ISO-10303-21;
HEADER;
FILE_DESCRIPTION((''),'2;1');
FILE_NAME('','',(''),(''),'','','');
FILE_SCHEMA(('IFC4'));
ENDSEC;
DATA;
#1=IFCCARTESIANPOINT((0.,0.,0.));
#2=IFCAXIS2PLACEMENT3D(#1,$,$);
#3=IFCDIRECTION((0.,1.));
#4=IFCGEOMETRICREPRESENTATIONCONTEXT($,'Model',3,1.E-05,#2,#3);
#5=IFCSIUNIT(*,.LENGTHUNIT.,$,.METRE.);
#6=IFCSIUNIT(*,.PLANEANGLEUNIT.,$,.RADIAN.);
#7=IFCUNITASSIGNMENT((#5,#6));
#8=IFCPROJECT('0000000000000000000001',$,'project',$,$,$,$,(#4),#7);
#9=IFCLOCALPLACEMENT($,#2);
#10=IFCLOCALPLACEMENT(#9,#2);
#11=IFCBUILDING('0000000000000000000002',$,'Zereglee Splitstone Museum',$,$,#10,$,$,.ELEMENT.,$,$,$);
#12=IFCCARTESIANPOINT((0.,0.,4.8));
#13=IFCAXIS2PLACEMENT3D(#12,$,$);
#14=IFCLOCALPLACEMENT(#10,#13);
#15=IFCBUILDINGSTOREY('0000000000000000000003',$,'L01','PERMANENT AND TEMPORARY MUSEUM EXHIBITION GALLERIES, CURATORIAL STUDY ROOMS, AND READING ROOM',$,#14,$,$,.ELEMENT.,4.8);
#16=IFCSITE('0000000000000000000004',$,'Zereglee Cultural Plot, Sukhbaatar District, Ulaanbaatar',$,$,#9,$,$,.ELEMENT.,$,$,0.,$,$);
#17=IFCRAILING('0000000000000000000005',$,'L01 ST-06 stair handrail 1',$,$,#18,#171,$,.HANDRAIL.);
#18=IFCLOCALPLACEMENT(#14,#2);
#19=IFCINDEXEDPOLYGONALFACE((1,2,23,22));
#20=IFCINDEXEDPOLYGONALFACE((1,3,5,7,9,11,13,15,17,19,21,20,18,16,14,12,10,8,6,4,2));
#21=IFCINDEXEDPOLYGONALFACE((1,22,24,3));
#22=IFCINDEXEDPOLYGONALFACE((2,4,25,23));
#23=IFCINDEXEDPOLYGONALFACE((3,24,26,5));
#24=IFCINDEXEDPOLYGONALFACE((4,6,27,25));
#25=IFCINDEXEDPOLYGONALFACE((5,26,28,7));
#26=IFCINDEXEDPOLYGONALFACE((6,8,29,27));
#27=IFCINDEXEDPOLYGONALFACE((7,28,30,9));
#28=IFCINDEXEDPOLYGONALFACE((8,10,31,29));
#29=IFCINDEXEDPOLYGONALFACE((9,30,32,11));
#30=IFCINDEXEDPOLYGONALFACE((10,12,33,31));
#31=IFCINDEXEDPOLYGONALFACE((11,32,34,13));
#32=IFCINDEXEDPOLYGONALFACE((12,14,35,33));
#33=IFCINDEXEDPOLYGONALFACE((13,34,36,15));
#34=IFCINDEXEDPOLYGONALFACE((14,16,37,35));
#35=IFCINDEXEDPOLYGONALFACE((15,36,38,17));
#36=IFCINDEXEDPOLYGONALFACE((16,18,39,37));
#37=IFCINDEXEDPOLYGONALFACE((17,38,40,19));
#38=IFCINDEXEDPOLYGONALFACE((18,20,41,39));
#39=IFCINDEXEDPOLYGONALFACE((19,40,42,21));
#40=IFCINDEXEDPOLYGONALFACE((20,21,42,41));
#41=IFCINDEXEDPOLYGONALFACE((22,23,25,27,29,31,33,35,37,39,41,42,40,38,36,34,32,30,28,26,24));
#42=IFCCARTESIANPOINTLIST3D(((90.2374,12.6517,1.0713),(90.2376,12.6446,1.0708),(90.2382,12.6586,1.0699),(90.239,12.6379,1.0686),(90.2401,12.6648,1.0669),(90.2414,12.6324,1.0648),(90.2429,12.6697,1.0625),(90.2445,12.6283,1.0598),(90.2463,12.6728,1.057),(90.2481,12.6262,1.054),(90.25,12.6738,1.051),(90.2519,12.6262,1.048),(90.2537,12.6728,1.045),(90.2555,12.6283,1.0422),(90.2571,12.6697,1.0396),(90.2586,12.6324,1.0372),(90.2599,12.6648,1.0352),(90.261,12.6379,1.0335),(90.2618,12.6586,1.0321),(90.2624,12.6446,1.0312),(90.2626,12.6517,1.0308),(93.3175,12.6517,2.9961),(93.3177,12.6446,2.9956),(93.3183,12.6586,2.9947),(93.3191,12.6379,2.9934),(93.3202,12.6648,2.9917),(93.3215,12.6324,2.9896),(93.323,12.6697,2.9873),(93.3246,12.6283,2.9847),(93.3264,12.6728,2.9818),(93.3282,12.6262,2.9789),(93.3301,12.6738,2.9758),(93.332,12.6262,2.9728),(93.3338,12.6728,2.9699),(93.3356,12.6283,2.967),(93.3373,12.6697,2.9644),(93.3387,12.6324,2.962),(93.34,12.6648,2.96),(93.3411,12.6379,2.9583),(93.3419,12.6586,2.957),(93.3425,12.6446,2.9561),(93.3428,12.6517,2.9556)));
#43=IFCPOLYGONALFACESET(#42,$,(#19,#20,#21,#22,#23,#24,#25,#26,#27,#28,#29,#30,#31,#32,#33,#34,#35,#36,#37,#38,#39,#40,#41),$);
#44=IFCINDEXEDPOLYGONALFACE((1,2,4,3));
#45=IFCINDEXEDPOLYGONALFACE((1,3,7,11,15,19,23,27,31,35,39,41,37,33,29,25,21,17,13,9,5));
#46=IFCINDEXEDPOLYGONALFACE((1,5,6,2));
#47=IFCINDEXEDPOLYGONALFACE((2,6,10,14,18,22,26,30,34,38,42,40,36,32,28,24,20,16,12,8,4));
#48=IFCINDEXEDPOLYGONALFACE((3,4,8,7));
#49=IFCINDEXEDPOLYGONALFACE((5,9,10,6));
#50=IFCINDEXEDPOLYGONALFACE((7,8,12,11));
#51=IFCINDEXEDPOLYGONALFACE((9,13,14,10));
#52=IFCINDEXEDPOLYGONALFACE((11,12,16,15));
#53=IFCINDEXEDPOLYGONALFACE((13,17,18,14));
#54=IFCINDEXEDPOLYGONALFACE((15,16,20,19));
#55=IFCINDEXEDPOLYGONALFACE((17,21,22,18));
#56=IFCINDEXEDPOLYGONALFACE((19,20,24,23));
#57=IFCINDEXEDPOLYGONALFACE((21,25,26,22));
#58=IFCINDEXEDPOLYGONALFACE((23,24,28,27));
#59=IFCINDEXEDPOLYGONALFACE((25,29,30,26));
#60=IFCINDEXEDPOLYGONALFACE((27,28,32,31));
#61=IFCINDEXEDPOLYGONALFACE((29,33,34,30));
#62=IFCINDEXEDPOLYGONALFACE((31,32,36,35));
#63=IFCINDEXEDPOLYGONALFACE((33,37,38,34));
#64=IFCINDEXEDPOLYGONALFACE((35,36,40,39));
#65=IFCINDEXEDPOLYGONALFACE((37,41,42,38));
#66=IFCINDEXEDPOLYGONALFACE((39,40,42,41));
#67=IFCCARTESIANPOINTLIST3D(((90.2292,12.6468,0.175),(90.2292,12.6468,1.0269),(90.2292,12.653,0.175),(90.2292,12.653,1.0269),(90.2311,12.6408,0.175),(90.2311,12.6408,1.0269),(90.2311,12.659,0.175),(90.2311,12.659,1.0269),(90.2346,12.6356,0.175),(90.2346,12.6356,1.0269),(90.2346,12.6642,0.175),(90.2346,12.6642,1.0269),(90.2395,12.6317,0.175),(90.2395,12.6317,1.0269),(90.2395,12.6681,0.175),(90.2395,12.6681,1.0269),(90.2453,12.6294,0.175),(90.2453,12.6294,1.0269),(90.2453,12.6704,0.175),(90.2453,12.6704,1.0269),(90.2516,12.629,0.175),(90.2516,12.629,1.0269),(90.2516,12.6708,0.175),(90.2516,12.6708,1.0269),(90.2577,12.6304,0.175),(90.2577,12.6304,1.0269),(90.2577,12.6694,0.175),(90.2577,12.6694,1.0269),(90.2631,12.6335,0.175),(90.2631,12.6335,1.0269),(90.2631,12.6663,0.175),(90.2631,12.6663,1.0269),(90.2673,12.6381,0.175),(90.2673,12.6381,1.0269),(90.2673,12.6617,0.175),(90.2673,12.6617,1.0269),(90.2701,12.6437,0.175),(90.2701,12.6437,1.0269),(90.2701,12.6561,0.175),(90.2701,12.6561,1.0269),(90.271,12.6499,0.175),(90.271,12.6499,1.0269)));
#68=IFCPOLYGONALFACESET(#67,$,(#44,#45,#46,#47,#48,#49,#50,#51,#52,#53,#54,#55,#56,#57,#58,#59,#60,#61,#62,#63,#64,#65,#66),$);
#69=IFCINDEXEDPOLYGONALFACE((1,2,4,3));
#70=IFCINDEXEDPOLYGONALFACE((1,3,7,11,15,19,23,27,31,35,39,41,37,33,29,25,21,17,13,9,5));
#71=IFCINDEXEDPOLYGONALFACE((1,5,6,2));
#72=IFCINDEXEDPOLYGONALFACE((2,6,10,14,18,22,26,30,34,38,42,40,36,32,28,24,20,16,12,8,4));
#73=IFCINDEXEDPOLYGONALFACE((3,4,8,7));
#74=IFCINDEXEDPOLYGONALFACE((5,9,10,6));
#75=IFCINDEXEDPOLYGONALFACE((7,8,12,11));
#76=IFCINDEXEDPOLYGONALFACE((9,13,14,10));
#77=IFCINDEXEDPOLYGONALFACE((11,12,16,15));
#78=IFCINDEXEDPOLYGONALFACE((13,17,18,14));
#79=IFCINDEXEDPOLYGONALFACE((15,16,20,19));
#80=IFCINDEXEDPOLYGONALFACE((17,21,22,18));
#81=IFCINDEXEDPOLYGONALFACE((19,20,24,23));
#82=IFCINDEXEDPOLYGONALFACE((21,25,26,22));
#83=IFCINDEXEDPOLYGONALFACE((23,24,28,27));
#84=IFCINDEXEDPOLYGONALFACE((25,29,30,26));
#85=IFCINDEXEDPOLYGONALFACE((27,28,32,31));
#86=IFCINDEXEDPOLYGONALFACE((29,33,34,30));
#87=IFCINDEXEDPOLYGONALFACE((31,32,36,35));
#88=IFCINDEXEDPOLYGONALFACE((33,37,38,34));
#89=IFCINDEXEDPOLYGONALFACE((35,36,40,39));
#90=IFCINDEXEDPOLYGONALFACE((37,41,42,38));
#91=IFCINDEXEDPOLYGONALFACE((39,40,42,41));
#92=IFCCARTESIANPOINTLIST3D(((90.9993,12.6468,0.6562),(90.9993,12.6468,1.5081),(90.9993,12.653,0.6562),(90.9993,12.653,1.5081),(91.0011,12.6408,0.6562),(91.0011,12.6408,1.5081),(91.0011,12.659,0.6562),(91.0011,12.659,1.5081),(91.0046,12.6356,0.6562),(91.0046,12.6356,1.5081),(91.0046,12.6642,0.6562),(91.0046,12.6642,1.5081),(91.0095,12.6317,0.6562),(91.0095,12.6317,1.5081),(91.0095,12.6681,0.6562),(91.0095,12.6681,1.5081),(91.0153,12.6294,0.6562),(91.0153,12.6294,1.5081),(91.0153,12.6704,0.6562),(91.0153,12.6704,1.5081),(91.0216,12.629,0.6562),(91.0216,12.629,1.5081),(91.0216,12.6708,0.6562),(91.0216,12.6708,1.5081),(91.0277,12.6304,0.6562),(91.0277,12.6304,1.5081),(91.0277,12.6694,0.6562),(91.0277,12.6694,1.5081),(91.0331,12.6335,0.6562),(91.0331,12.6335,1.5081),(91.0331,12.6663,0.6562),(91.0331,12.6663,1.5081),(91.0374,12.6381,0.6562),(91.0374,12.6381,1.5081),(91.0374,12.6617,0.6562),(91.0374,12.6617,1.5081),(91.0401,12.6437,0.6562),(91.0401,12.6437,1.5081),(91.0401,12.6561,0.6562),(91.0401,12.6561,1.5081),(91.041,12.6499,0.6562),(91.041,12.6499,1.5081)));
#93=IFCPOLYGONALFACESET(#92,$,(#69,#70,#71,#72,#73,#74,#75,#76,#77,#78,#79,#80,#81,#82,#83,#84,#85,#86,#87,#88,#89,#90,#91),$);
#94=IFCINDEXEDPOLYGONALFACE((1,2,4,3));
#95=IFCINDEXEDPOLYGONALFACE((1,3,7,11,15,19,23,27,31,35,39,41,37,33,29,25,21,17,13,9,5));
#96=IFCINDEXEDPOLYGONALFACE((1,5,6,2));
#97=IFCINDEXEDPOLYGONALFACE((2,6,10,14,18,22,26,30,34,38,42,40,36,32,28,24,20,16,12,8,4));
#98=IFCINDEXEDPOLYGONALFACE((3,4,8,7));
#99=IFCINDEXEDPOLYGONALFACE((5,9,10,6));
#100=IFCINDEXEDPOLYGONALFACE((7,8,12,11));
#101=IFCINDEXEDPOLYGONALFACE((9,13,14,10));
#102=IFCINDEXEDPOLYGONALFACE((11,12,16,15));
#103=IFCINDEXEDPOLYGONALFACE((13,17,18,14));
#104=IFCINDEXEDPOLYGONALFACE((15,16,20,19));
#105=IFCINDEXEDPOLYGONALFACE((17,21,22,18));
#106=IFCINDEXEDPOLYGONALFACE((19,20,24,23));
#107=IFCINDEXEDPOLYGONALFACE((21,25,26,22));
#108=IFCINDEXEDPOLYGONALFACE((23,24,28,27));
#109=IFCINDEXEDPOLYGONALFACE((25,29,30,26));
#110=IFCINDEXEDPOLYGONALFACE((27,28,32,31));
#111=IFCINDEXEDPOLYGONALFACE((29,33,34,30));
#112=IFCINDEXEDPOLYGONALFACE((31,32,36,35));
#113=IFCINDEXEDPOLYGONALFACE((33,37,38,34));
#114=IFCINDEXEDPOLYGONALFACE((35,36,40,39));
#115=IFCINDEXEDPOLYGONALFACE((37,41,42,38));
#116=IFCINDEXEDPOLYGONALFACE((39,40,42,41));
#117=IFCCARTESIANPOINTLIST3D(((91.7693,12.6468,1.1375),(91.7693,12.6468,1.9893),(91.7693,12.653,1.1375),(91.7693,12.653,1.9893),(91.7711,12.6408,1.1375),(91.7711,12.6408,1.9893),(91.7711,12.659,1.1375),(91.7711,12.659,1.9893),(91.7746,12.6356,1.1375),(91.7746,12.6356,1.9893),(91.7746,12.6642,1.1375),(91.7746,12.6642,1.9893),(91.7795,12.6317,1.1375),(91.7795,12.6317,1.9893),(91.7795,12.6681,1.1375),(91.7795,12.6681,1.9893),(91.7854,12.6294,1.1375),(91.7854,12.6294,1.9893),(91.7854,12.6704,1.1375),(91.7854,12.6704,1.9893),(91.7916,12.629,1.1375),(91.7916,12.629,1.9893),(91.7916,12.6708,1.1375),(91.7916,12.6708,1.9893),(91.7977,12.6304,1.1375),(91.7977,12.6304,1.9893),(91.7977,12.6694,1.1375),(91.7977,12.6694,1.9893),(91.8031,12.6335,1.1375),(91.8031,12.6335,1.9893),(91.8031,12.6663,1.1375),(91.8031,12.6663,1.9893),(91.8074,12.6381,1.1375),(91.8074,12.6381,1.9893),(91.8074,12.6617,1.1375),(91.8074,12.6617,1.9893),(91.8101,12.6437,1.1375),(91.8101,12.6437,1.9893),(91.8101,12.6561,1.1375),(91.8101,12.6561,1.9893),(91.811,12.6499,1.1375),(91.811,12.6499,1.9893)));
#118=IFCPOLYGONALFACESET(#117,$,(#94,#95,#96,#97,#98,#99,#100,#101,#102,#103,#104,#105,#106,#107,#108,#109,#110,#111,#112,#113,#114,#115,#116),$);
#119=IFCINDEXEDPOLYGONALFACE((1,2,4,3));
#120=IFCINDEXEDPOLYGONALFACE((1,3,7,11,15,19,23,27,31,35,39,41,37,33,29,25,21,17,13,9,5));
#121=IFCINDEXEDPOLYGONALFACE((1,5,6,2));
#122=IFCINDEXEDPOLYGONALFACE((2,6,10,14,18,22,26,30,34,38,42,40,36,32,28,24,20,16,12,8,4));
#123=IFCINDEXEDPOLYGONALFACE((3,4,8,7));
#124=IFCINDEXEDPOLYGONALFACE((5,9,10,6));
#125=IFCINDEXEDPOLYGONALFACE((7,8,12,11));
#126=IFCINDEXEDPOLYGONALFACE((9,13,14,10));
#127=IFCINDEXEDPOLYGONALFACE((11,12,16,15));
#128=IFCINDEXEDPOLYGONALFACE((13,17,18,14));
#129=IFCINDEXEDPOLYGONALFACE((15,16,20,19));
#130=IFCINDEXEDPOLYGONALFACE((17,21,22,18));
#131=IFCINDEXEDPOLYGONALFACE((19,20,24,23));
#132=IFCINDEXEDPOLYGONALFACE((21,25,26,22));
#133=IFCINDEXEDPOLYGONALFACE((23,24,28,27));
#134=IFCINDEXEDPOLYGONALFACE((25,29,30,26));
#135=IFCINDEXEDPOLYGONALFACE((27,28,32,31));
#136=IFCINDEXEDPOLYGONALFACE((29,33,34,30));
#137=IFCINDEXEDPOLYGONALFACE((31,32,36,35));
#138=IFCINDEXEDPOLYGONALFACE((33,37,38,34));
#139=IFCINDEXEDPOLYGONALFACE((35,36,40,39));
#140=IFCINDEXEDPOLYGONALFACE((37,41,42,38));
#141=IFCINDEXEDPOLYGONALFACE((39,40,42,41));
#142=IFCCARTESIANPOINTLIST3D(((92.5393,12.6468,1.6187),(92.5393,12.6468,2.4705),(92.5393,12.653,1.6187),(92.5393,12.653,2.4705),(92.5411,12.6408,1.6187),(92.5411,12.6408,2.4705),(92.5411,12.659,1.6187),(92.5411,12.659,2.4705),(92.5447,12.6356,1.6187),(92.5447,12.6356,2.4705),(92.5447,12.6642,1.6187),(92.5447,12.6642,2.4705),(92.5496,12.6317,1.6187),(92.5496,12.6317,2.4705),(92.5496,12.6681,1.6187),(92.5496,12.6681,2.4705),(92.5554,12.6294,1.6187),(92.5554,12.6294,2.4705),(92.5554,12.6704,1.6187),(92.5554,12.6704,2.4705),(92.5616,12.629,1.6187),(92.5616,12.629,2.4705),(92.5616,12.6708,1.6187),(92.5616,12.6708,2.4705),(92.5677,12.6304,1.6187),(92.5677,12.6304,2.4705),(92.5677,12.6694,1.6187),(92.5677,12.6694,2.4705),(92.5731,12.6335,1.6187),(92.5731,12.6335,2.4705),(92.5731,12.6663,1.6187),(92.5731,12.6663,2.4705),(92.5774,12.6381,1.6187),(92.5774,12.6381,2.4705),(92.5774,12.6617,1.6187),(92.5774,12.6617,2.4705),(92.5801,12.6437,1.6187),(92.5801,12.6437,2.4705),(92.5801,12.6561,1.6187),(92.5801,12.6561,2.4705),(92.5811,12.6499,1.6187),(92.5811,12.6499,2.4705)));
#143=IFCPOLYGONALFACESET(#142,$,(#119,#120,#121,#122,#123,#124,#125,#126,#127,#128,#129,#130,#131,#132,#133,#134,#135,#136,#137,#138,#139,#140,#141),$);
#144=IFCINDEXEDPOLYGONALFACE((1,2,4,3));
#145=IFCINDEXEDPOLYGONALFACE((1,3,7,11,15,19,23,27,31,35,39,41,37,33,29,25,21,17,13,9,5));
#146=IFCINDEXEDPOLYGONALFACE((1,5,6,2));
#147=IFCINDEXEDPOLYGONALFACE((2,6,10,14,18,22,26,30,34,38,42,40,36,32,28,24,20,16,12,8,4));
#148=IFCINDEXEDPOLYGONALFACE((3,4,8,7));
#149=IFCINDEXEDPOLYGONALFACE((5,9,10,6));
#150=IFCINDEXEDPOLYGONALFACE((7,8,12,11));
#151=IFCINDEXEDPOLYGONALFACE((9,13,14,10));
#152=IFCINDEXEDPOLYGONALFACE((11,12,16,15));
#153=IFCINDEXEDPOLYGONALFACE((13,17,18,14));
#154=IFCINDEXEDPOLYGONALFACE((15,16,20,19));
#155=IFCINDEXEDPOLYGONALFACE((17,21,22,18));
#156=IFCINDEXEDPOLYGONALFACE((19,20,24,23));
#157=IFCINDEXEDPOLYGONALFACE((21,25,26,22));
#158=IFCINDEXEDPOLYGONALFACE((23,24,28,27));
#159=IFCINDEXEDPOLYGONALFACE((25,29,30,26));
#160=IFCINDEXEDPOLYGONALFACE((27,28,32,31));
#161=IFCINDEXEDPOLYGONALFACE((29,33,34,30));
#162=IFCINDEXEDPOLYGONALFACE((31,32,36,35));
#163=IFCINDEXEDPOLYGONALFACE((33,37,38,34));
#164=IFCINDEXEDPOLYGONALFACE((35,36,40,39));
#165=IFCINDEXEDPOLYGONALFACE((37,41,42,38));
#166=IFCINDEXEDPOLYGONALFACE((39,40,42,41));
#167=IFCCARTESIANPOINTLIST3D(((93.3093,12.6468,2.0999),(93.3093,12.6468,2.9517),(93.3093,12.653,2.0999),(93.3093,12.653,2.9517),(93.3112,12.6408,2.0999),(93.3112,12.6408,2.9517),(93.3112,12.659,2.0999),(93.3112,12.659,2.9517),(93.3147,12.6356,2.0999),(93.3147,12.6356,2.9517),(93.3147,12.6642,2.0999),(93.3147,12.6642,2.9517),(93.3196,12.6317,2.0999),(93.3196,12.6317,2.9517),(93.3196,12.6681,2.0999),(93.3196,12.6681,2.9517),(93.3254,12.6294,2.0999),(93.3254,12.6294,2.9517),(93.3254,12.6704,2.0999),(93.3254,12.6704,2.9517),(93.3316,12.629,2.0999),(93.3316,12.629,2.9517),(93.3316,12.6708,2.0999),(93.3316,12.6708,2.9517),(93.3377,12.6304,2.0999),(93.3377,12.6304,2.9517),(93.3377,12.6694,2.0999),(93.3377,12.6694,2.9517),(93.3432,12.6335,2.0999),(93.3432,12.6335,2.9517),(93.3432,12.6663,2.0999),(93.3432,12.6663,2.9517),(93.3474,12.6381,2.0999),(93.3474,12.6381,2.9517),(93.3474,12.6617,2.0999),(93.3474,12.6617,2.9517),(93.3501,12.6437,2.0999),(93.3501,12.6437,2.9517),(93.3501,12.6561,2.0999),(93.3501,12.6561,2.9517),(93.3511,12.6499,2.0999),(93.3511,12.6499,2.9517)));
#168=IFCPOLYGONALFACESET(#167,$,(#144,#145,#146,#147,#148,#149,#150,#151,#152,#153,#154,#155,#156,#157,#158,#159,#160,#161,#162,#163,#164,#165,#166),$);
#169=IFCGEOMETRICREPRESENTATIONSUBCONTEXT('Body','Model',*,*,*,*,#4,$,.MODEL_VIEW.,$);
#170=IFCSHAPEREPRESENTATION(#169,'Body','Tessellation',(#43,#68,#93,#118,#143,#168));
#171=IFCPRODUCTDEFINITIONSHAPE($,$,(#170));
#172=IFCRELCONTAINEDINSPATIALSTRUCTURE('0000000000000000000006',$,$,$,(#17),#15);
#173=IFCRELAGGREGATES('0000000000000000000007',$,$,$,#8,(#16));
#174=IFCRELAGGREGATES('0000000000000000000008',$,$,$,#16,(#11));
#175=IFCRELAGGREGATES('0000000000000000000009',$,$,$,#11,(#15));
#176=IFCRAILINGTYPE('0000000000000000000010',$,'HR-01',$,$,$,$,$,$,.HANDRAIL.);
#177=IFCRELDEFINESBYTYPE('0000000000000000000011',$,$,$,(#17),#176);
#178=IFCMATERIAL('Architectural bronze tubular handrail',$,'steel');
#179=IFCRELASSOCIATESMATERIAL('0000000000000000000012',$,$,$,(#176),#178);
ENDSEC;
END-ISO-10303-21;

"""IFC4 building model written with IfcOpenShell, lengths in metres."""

from ifc_helpers import new_model, si_unit, direction, frame, origin, origin_2d, place, context, subcontext, project, spatial, circle, extrude, material, type_object, element, save


model = new_model("IFC4")

# Units and contexts
model_context = context("Model", 3, precision=1e-05, world=origin(), true_north=direction((0.0, 1.0)))
body_context = subcontext(model_context, "Body", "Model", "MODEL_VIEW")
ifc_project = project(units=[si_unit("LENGTHUNIT", "METRE"), si_unit("PLANEANGLEUNIT", "RADIAN")], contexts=[model_context])

# Site, building, storey
site_placement = place(None, origin())
site = spatial("IfcSite", under=ifc_project, at=site_placement, Name="Zereglee Cultural Plot, Sukhbaatar District, Ulaanbaatar", CompositionType="ELEMENT", RefElevation=0.0)
building_placement = place(site_placement, origin())
building = spatial("IfcBuilding", under=site, at=building_placement, Name="Zereglee Splitstone Museum", CompositionType="ELEMENT")
storey_placement = place(building_placement, frame((0.0, 0.0, 4.8)))
storey = spatial("IfcBuildingStorey", under=building, at=storey_placement, Name="L01", Description="PERMANENT AND TEMPORARY MUSEUM EXHIBITION GALLERIES, CURATORIAL STUDY ROOMS, AND READING ROOM", CompositionType="ELEMENT", Elevation=4.8)

# Railing
ifc_material_1 = material(Name="Architectural bronze tubular handrail", Category="steel")
railing_type_1 = type_object("IfcRailingType", Name="HR-01", PredefinedType="HANDRAIL", material=ifc_material_1)
railing_1_placement = place(storey_placement, frame((90.25, 12.6499, 0.175)))
element("IfcRailing", 1, at=railing_1_placement, inside=storey, type_object=railing_type_1, Name="L01 ST-06 stair handrail 1", PredefinedType="HANDRAIL", context=body_context, shape_type="SweptSolid", body=[
    extrude(circle(Radius=0.0239, at=origin_2d()), frame((0.0, 0.0, 0.876), z_axis=(0.848029, 0.0, 0.529951), x_axis=(0.0, 1.0, 0.0)), (0.0, 0.0, 1.0), 3.6321),
    extrude(circle(Radius=0.021, at=origin_2d()), origin(), (0.0, 0.0, 1.0), 0.8518),
    extrude(circle(Radius=0.021, at=origin_2d()), frame((0.77, 0.0, 0.4812)), (0.0, 0.0, 1.0), 0.8518),
    extrude(circle(Radius=0.021, at=origin_2d()), frame((1.54, 0.0, 0.9624)), (0.0, 0.0, 1.0), 0.8518),
    extrude(circle(Radius=0.021, at=origin_2d()), frame((2.3101, 0.0, 1.4436)), (0.0, 0.0, 1.0), 0.8518),
    extrude(circle(Radius=0.021, at=origin_2d()), frame((3.0801, 0.0, 1.9248)), (0.0, 0.0, 1.0), 0.8518),
])

save(model, "model.ifc")
